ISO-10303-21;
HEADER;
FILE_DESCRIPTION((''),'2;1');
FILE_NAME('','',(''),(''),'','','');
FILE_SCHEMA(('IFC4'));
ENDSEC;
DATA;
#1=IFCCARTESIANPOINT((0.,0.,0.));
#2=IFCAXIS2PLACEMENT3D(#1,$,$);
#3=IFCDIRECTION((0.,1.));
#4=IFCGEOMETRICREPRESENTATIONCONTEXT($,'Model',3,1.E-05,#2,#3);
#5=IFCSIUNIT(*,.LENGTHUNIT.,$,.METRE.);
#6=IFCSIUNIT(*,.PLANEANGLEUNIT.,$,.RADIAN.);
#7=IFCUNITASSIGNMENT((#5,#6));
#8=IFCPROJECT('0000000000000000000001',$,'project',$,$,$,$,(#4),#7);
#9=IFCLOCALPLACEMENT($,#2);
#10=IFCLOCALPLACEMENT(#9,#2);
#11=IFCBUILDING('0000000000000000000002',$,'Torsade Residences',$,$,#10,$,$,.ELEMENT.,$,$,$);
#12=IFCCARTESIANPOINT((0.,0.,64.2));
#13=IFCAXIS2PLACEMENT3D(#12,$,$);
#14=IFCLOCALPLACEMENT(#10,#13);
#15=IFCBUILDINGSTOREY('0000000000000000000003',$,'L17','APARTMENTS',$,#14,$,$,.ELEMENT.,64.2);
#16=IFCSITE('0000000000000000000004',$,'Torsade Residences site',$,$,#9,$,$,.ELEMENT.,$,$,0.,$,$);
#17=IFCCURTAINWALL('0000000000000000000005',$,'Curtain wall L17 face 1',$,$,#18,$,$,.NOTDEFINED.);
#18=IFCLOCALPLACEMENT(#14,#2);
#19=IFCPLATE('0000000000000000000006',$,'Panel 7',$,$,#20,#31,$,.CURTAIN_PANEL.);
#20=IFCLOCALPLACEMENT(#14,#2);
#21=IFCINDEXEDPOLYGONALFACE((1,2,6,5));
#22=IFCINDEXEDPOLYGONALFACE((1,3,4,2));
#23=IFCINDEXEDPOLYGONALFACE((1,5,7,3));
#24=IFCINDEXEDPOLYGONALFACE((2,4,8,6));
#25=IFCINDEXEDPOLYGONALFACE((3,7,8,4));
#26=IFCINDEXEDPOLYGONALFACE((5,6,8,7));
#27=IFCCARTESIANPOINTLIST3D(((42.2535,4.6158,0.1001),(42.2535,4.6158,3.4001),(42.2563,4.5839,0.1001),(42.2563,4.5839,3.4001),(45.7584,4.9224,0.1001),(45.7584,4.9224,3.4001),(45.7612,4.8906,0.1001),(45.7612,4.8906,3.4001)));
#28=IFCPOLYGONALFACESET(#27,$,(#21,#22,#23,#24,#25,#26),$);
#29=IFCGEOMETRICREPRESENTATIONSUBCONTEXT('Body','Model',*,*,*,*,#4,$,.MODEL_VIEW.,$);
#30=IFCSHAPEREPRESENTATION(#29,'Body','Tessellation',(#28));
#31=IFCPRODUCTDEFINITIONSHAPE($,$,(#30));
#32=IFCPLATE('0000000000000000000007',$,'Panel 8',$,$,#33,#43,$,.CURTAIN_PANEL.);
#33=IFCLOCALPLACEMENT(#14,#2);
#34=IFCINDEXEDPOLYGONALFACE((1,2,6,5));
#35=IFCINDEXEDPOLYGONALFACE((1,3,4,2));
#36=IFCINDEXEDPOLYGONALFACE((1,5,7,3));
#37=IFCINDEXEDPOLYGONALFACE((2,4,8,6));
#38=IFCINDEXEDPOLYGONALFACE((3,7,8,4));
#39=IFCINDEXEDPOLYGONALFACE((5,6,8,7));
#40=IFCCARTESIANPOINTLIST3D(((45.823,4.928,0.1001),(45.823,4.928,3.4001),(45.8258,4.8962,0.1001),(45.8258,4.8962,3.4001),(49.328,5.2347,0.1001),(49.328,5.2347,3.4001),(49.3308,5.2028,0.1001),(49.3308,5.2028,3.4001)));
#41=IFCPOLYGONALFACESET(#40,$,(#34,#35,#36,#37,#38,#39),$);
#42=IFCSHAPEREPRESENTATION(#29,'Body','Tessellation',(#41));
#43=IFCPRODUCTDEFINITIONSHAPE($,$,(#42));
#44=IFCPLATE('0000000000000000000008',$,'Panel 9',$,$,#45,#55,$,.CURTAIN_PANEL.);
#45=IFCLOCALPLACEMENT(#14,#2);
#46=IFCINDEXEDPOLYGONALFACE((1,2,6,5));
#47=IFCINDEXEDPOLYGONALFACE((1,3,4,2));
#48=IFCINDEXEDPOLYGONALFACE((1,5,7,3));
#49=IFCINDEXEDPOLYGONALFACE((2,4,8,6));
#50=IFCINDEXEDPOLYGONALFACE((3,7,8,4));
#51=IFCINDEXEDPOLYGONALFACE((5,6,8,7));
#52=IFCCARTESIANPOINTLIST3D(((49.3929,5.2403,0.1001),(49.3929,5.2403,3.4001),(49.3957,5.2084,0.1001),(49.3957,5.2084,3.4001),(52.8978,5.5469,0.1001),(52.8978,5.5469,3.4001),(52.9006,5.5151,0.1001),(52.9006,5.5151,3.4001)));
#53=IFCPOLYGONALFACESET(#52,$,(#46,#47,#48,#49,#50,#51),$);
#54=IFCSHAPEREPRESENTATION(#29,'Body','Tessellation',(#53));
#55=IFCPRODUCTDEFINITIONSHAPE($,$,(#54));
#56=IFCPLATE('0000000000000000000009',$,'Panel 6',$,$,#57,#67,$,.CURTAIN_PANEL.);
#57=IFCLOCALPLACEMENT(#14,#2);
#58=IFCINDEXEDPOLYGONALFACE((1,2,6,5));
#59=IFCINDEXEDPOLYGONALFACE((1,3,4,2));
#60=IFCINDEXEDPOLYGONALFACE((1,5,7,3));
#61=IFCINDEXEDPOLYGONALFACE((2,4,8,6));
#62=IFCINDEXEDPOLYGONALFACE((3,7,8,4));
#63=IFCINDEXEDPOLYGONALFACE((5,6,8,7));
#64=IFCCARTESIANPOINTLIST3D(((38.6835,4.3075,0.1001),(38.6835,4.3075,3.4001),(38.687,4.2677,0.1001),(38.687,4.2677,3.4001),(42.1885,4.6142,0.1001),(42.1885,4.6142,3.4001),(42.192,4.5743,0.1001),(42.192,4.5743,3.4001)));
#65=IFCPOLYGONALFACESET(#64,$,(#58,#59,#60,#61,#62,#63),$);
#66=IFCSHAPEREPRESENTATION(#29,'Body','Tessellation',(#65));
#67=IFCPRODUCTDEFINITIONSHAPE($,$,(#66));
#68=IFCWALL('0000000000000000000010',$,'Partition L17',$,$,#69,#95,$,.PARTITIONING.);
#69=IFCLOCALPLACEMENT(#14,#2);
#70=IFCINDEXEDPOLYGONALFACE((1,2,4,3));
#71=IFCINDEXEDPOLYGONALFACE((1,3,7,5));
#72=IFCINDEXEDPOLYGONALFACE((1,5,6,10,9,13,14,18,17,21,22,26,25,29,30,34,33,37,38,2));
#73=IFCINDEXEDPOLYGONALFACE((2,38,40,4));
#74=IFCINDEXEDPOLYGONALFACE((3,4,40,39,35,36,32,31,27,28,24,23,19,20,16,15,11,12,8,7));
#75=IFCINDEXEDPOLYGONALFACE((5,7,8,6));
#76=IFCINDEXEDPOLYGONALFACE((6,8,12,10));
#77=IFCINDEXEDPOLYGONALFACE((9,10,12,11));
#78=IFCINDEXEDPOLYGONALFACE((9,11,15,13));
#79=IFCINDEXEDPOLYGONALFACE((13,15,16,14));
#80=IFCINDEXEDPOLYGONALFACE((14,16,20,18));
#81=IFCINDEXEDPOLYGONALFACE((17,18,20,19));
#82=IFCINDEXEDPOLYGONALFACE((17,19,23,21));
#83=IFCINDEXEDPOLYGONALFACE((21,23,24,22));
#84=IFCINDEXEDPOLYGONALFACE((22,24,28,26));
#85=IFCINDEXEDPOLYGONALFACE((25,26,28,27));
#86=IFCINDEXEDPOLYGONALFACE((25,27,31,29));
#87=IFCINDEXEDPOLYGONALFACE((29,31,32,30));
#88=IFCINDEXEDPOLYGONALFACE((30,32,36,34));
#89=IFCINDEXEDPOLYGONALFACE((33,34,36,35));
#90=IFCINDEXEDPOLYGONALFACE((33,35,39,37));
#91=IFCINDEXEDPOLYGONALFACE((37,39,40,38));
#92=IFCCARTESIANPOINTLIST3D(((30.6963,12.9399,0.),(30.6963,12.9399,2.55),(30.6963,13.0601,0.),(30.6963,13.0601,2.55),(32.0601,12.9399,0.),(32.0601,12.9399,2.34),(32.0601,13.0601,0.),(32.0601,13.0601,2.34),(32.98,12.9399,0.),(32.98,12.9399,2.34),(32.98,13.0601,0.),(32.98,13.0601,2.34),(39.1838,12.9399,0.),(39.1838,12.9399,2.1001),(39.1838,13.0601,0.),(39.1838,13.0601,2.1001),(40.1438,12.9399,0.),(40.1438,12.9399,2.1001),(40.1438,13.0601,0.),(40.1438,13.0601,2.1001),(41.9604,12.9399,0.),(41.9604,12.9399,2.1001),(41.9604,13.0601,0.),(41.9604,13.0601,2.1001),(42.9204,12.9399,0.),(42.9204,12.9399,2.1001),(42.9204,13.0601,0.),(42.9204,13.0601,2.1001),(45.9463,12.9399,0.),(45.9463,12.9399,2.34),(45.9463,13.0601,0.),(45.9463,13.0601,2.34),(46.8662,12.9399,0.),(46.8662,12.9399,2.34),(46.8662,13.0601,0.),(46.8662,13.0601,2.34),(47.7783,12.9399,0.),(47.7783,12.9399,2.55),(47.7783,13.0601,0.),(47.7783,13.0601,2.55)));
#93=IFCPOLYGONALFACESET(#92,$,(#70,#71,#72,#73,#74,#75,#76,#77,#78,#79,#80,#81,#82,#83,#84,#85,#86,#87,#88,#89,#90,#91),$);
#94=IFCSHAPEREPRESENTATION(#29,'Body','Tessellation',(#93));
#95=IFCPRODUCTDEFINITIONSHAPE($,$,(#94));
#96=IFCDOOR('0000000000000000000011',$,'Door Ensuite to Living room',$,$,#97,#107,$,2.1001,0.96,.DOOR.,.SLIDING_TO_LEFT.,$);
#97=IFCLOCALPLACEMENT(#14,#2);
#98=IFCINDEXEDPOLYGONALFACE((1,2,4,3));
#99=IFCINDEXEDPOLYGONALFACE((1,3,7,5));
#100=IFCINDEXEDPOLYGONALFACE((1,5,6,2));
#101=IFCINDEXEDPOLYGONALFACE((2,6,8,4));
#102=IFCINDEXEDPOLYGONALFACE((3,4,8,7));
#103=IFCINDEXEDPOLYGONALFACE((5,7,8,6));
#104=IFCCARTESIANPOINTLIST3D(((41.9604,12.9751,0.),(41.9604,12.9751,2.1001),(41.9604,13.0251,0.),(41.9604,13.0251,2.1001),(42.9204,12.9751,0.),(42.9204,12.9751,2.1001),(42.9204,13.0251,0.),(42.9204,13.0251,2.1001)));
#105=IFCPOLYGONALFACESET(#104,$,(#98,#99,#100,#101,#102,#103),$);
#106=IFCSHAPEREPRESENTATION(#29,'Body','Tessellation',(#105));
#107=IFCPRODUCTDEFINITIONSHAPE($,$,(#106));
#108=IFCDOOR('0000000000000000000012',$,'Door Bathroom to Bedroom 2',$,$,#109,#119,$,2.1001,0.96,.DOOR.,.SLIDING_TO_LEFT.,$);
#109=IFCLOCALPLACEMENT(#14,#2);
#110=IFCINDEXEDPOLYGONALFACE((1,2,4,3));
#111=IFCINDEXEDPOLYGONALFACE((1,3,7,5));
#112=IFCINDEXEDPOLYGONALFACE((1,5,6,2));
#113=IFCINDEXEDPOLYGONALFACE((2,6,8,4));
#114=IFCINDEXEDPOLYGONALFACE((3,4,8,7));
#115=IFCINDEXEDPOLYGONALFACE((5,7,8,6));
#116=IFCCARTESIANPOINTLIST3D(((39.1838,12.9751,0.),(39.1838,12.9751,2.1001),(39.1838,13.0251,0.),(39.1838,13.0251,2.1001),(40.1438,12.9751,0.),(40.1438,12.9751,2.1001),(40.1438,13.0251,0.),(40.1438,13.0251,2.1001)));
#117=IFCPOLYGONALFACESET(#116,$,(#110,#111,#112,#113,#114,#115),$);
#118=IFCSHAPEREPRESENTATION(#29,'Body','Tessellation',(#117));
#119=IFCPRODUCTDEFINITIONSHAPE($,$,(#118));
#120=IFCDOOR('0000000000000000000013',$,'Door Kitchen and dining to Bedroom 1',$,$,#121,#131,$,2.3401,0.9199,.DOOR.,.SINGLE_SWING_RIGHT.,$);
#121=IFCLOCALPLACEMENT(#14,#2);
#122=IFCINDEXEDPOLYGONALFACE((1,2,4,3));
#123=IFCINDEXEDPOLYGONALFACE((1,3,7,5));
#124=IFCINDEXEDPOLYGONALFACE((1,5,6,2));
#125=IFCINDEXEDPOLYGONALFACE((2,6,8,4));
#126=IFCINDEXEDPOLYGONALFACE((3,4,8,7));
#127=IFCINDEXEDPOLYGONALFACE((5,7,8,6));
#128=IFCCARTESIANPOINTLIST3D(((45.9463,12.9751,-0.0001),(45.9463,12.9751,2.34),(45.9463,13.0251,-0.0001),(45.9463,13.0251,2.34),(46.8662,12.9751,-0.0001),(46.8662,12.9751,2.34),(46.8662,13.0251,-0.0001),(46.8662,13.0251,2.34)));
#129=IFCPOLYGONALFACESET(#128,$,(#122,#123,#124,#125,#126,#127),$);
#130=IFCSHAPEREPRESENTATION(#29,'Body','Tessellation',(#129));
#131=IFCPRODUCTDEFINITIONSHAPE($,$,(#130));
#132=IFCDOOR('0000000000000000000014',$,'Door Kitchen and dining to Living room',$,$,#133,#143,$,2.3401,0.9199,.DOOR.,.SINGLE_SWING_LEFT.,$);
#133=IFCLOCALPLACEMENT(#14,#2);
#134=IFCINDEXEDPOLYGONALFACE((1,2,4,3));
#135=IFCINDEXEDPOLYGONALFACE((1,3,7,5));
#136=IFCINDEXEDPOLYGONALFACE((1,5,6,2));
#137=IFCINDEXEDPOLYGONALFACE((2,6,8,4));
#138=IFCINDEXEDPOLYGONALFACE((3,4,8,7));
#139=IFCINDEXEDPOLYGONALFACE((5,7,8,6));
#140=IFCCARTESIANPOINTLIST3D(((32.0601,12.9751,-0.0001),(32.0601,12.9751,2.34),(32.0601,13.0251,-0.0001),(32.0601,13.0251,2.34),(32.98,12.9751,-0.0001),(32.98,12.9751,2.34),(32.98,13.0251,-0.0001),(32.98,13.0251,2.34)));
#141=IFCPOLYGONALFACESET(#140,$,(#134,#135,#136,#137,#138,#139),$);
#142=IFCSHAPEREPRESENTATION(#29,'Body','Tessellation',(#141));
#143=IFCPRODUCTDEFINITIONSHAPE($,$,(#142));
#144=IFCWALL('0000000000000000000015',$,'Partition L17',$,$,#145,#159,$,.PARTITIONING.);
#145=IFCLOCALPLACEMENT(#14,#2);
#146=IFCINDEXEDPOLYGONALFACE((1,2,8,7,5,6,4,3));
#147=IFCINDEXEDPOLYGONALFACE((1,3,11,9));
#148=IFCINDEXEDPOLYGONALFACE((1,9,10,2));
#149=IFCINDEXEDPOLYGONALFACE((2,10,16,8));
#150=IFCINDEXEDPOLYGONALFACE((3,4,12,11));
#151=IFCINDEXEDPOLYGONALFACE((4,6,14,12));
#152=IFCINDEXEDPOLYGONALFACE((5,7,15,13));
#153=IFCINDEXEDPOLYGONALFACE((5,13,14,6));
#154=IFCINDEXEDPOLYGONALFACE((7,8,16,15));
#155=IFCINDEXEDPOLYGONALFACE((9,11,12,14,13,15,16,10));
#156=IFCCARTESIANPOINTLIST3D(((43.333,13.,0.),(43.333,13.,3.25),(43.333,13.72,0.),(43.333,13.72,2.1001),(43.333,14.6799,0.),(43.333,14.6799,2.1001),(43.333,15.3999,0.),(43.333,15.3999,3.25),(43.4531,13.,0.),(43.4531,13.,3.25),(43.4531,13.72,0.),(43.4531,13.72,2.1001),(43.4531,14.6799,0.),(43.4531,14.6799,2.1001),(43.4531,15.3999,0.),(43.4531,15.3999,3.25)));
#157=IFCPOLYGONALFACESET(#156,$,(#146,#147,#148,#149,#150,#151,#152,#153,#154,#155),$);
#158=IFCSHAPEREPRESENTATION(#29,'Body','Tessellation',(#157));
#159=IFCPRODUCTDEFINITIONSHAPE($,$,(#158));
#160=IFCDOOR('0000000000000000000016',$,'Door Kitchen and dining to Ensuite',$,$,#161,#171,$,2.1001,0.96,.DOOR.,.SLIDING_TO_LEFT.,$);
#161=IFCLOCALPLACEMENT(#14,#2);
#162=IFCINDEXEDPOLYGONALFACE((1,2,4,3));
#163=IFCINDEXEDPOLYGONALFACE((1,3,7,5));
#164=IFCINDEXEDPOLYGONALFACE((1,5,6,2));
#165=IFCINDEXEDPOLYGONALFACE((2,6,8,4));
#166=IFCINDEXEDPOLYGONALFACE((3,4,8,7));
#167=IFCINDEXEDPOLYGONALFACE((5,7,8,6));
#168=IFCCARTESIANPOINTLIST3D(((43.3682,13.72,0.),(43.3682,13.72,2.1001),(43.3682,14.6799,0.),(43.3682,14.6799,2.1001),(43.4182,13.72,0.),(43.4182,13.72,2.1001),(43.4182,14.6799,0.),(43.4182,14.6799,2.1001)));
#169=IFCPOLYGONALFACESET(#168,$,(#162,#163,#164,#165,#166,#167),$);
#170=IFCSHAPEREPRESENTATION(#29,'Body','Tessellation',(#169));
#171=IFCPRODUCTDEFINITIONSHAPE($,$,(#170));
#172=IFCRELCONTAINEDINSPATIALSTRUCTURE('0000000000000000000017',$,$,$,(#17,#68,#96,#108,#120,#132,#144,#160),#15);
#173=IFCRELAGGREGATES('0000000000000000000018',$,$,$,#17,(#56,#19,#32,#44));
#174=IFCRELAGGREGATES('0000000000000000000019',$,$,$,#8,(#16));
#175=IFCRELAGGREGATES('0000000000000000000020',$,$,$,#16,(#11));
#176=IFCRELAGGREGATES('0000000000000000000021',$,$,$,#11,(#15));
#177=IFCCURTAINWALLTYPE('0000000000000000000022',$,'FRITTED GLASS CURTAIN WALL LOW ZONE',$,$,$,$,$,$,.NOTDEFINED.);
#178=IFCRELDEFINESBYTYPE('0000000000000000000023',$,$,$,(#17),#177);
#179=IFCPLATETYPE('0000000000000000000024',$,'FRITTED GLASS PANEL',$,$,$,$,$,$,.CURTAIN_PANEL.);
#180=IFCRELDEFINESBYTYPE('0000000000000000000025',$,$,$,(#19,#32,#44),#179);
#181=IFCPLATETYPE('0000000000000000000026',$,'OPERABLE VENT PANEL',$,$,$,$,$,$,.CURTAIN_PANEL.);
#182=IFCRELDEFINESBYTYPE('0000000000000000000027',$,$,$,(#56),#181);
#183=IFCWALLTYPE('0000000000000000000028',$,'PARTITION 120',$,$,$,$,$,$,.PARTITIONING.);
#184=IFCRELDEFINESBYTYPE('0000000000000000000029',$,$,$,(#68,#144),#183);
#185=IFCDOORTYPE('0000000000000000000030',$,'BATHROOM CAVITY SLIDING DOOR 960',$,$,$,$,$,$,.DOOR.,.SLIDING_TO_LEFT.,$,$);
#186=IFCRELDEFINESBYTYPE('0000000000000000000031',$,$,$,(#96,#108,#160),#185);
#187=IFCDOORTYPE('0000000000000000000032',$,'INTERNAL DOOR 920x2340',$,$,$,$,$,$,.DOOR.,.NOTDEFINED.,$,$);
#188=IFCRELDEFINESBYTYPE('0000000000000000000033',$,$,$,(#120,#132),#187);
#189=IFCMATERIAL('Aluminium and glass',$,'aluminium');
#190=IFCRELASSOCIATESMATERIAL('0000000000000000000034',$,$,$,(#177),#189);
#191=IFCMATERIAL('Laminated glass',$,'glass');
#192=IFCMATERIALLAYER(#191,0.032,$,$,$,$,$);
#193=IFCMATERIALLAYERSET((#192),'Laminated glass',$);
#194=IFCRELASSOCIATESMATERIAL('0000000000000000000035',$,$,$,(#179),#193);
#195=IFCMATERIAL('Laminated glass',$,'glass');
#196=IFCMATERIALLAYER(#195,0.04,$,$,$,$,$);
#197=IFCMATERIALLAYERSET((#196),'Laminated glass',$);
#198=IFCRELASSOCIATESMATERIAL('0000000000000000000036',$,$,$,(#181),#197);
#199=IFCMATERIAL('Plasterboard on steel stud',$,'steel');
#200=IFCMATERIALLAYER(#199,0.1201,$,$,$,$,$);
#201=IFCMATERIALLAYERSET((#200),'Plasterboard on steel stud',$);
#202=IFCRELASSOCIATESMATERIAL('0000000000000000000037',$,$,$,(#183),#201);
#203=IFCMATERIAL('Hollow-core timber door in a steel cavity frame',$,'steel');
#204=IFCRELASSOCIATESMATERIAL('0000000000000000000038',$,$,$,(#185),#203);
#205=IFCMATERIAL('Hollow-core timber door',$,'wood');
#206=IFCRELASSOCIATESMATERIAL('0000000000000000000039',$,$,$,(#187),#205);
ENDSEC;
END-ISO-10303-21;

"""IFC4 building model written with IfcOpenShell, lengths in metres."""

from ifc_helpers import new_model, si_unit, direction, frame, frame_2d, origin, origin_2d, place, context, subcontext, project, spatial, rectangle, extrude, material, layer, layer_set, type_object, element, fill, aggregate, save


model = new_model("IFC4")

# Units and contexts
model_context = context("Model", 3, precision=1e-05, world=origin(), true_north=direction((0.0, 1.0)))
body_context = subcontext(model_context, "Body", "Model", "MODEL_VIEW")
ifc_project = project(units=[si_unit("LENGTHUNIT", "METRE"), si_unit("PLANEANGLEUNIT", "RADIAN")], contexts=[model_context])

# Site, building, storey
site_placement = place(None, origin())
site = spatial("IfcSite", under=ifc_project, at=site_placement, Name="Torsade Residences site", CompositionType="ELEMENT", RefElevation=0.0)
building_placement = place(site_placement, origin())
building = spatial("IfcBuilding", under=site, at=building_placement, Name="Torsade Residences", CompositionType="ELEMENT")
storey_placement = place(building_placement, frame((0.0, 0.0, 64.2)))
storey = spatial("IfcBuildingStorey", under=building, at=storey_placement, Name="L17", Description="APARTMENTS", CompositionType="ELEMENT", Elevation=64.2)

# Curtain wall
ifc_material_1 = material(Name="Aluminium and glass", Category="aluminium")
curtain_wall_type = type_object("IfcCurtainWallType", Name="FRITTED GLASS CURTAIN WALL LOW ZONE", PredefinedType="NOTDEFINED", material=ifc_material_1)
curtain_wall_placement = place(storey_placement, origin())
curtain_wall = element("IfcCurtainWall", 1, at=curtain_wall_placement, inside=storey, type_object=curtain_wall_type, Name="Curtain wall L17 face 1", PredefinedType="NOTDEFINED")

# Plates
ifc_material_2 = material(Name="Laminated glass", Category="glass")
ifc_layer_1 = layer(ifc_material_2, 0.032)
ifc_layer_set_1 = layer_set([ifc_layer_1], Name="Laminated glass")
plate_type_1 = type_object("IfcPlateType", Name="FRITTED GLASS PANEL", PredefinedType="CURTAIN_PANEL", material=ifc_layer_set_1)
plate_1_placement = place(storey_placement, frame((44.0073, 4.7532, 0.1001), z_axis=(0.0, 0.0, 1.0), x_axis=(0.996195, 0.087156, 0.0)))
plate_1 = element("IfcPlate", 2, at=plate_1_placement, type_object=plate_type_1, Name="Panel 7", PredefinedType="CURTAIN_PANEL", context=body_context, shape_type="SweptSolid", body=[
    extrude(rectangle(XDim=3.5183, YDim=0.032, at=origin_2d()), origin(), (0.0, 0.0, 1.0), 3.3),
])
plate_2_placement = place(storey_placement, frame((47.5769, 5.0654, 0.1001), z_axis=(0.0, 0.0, 1.0), x_axis=(0.996195, 0.087156, 0.0)))
plate_2 = element("IfcPlate", 3, at=plate_2_placement, type_object=plate_type_1, Name="Panel 8", PredefinedType="CURTAIN_PANEL", context=body_context, shape_type="SweptSolid", body=[
    extrude(rectangle(XDim=3.5183, YDim=0.032, at=origin_2d()), origin(), (0.0, 0.0, 1.0), 3.3),
])
plate_3_placement = place(storey_placement, frame((51.1467, 5.3777, 0.1001), z_axis=(0.0, 0.0, 1.0), x_axis=(0.996195, 0.087156, 0.0)))
plate_3 = element("IfcPlate", 4, at=plate_3_placement, type_object=plate_type_1, Name="Panel 9", PredefinedType="CURTAIN_PANEL", context=body_context, shape_type="SweptSolid", body=[
    extrude(rectangle(XDim=3.5183, YDim=0.032, at=origin_2d()), origin(), (0.0, 0.0, 1.0), 3.3),
])
ifc_material_3 = material(Name="Laminated glass", Category="glass")
ifc_layer_2 = layer(ifc_material_3, 0.04)
ifc_layer_set_2 = layer_set([ifc_layer_2], Name="Laminated glass")
plate_type_2 = type_object("IfcPlateType", Name="OPERABLE VENT PANEL", PredefinedType="CURTAIN_PANEL", material=ifc_layer_set_2)
plate_4_placement = place(storey_placement, frame((40.4377, 4.4409, 0.1001), z_axis=(0.0, 0.0, 1.0), x_axis=(0.996195, 0.087156, 0.0)))
plate_4 = element("IfcPlate", 5, at=plate_4_placement, type_object=plate_type_2, Name="Panel 6", PredefinedType="CURTAIN_PANEL", context=body_context, shape_type="SweptSolid", body=[
    extrude(rectangle(XDim=3.5183, YDim=0.04, at=origin_2d()), origin(), (0.0, 0.0, 1.0), 3.3),
])
aggregate(curtain_wall, [plate_4, plate_1, plate_2, plate_3])

# Wall, openings, doors
ifc_material_4 = material(Name="Plasterboard on steel stud", Category="steel")
ifc_layer_3 = layer(ifc_material_4, 0.1201)
ifc_layer_set_3 = layer_set([ifc_layer_3], Name="Plasterboard on steel stud")
wall_type_1 = type_object("IfcWallType", Name="PARTITION 120", PredefinedType="PARTITIONING", material=ifc_layer_set_3)
wall_1_placement = place(storey_placement, frame((47.7783, 13.0, 0.0), z_axis=(0.0, 0.0, 1.0), x_axis=(-1.0, 0.0, 0.0)))
wall_1 = element("IfcWall", 6, at=wall_1_placement, inside=storey, type_object=wall_type_1, Name="Partition L17", PredefinedType="PARTITIONING", context=body_context, shape_type="SweptSolid", body=[
    extrude(rectangle(XDim=17.082, YDim=0.1201, at=frame_2d((8.541, 0.0))), origin(), (0.0, 0.0, 1.0), 2.55),
])
opening_1_placement = place(wall_1_placement, frame((0.9121, 0.0, 0.0)))
opening_1 = element("IfcOpeningElement", 7, at=opening_1_placement, cuts=wall_1, PredefinedType="OPENING", context=body_context, shape_type="SweptSolid", body=[
    extrude(rectangle(XDim=0.9199, YDim=2.3401, at=frame_2d((0.46, 1.1699))), frame((0.0, 0.0701, 0.0), z_axis=(0.0, -1.0, 0.0), x_axis=(1.0, 0.0, 0.0)), (0.0, 0.0, 1.0), 0.1401),
])
opening_2_placement = place(wall_1_placement, frame((14.7983, 0.0, 0.0)))
opening_2 = element("IfcOpeningElement", 8, at=opening_2_placement, cuts=wall_1, PredefinedType="OPENING", context=body_context, shape_type="SweptSolid", body=[
    extrude(rectangle(XDim=0.9199, YDim=2.3401, at=frame_2d((0.46, 1.1699))), frame((0.0, 0.0701, 0.0), z_axis=(0.0, -1.0, 0.0), x_axis=(1.0, 0.0, 0.0)), (0.0, 0.0, 1.0), 0.1401),
])
opening_3_placement = place(wall_1_placement, frame((4.8579, 0.0, 0.0)))
opening_3 = element("IfcOpeningElement", 9, at=opening_3_placement, cuts=wall_1, PredefinedType="OPENING", context=body_context, shape_type="SweptSolid", body=[
    extrude(rectangle(XDim=0.96, YDim=2.1001, at=frame_2d((0.48, 1.05))), frame((0.0, 0.0701, 0.0), z_axis=(0.0, -1.0, 0.0), x_axis=(1.0, 0.0, 0.0)), (0.0, 0.0, 1.0), 0.1401),
])
opening_4_placement = place(wall_1_placement, frame((7.6345, 0.0, 0.0)))
opening_4 = element("IfcOpeningElement", 10, at=opening_4_placement, cuts=wall_1, PredefinedType="OPENING", context=body_context, shape_type="SweptSolid", body=[
    extrude(rectangle(XDim=0.96, YDim=2.1001, at=frame_2d((0.48, 1.05))), frame((0.0, 0.0701, 0.0), z_axis=(0.0, -1.0, 0.0), x_axis=(1.0, 0.0, 0.0)), (0.0, 0.0, 1.0), 0.1401),
])
ifc_material_5 = material(Name="Hollow-core timber door in a steel cavity frame", Category="steel")
door_type_1 = type_object("IfcDoorType", Name="BATHROOM CAVITY SLIDING DOOR 960", OperationType="SLIDING_TO_LEFT", PredefinedType="DOOR", material=ifc_material_5)
door_1_placement = place(opening_3_placement, origin())
door_1 = element("IfcDoor", 11, at=door_1_placement, inside=storey, type_object=door_type_1, Name="Door Ensuite to Living room", OperationType="SLIDING_TO_LEFT", OverallHeight=2.1001, OverallWidth=0.96, PredefinedType="DOOR", context=body_context, shape_type="SweptSolid", body=[
    extrude(rectangle(XDim=0.96, YDim=2.1001, at=frame_2d((0.48, 1.05))), frame((0.0, 0.0249, 0.0), z_axis=(0.0, -1.0, 0.0), x_axis=(1.0, 0.0, 0.0)), (0.0, 0.0, 1.0), 0.05),
])
fill(opening_3, door_1)
door_2_placement = place(opening_4_placement, origin())
door_2 = element("IfcDoor", 12, at=door_2_placement, inside=storey, type_object=door_type_1, Name="Door Bathroom to Bedroom 2", OperationType="SLIDING_TO_LEFT", OverallHeight=2.1001, OverallWidth=0.96, PredefinedType="DOOR", context=body_context, shape_type="SweptSolid", body=[
    extrude(rectangle(XDim=0.96, YDim=2.1001, at=frame_2d((0.48, 1.05))), frame((0.0, 0.0249, 0.0), z_axis=(0.0, -1.0, 0.0), x_axis=(1.0, 0.0, 0.0)), (0.0, 0.0, 1.0), 0.05),
])
fill(opening_4, door_2)
ifc_material_6 = material(Name="Hollow-core timber door", Category="wood")
door_type_2 = type_object("IfcDoorType", Name="INTERNAL DOOR 920x2340", OperationType="NOTDEFINED", PredefinedType="DOOR", material=ifc_material_6)
door_3_placement = place(opening_1_placement, origin())
door_3 = element("IfcDoor", 13, at=door_3_placement, inside=storey, type_object=door_type_2, Name="Door Kitchen and dining to Bedroom 1", OperationType="SINGLE_SWING_RIGHT", OverallHeight=2.3401, OverallWidth=0.9199, PredefinedType="DOOR", context=body_context, shape_type="SweptSolid", body=[
    extrude(rectangle(XDim=0.9199, YDim=2.3401, at=frame_2d((0.46, 1.1699))), frame((0.0, 0.0249, 0.0), z_axis=(0.0, -1.0, 0.0), x_axis=(1.0, 0.0, 0.0)), (0.0, 0.0, 1.0), 0.05),
])
fill(opening_1, door_3)
door_4_placement = place(opening_2_placement, origin())
door_4 = element("IfcDoor", 14, at=door_4_placement, inside=storey, type_object=door_type_2, Name="Door Kitchen and dining to Living room", OperationType="SINGLE_SWING_LEFT", OverallHeight=2.3401, OverallWidth=0.9199, PredefinedType="DOOR", context=body_context, shape_type="SweptSolid", body=[
    extrude(rectangle(XDim=0.9199, YDim=2.3401, at=frame_2d((0.46, 1.1699))), frame((0.0, 0.0249, 0.0), z_axis=(0.0, -1.0, 0.0), x_axis=(1.0, 0.0, 0.0)), (0.0, 0.0, 1.0), 0.05),
])
fill(opening_2, door_4)

# Wall, opening, door
wall_2_placement = place(storey_placement, frame((43.3931, 13.0, 0.0), z_axis=(0.0, 0.0, 1.0), x_axis=(0.0, 1.0, 0.0)))
wall_2 = element("IfcWall", 15, at=wall_2_placement, inside=storey, type_object=wall_type_1, Name="Partition L17", PredefinedType="PARTITIONING", context=body_context, shape_type="SweptSolid", body=[
    extrude(rectangle(XDim=2.3999, YDim=0.1201, at=frame_2d((1.2, 0.0))), origin(), (0.0, 0.0, 1.0), 3.25),
])
opening_5_placement = place(wall_2_placement, frame((0.72, 0.0, 0.0)))
opening_5 = element("IfcOpeningElement", 16, at=opening_5_placement, cuts=wall_2, PredefinedType="OPENING", context=body_context, shape_type="SweptSolid", body=[
    extrude(rectangle(XDim=0.96, YDim=2.1001, at=frame_2d((0.48, 1.05))), frame((0.0, 0.0701, 0.0), z_axis=(0.0, -1.0, 0.0), x_axis=(1.0, 0.0, 0.0)), (0.0, 0.0, 1.0), 0.1401),
])
door_5_placement = place(opening_5_placement, origin())
door_5 = element("IfcDoor", 17, at=door_5_placement, inside=storey, type_object=door_type_1, Name="Door Kitchen and dining to Ensuite", OperationType="SLIDING_TO_LEFT", OverallHeight=2.1001, OverallWidth=0.96, PredefinedType="DOOR", context=body_context, shape_type="SweptSolid", body=[
    extrude(rectangle(XDim=0.96, YDim=2.1001, at=frame_2d((0.48, 1.05))), frame((0.0, 0.0249, 0.0), z_axis=(0.0, -1.0, 0.0), x_axis=(1.0, 0.0, 0.0)), (0.0, 0.0, 1.0), 0.05),
])
fill(opening_5, door_5)

save(model, "model.ifc")
